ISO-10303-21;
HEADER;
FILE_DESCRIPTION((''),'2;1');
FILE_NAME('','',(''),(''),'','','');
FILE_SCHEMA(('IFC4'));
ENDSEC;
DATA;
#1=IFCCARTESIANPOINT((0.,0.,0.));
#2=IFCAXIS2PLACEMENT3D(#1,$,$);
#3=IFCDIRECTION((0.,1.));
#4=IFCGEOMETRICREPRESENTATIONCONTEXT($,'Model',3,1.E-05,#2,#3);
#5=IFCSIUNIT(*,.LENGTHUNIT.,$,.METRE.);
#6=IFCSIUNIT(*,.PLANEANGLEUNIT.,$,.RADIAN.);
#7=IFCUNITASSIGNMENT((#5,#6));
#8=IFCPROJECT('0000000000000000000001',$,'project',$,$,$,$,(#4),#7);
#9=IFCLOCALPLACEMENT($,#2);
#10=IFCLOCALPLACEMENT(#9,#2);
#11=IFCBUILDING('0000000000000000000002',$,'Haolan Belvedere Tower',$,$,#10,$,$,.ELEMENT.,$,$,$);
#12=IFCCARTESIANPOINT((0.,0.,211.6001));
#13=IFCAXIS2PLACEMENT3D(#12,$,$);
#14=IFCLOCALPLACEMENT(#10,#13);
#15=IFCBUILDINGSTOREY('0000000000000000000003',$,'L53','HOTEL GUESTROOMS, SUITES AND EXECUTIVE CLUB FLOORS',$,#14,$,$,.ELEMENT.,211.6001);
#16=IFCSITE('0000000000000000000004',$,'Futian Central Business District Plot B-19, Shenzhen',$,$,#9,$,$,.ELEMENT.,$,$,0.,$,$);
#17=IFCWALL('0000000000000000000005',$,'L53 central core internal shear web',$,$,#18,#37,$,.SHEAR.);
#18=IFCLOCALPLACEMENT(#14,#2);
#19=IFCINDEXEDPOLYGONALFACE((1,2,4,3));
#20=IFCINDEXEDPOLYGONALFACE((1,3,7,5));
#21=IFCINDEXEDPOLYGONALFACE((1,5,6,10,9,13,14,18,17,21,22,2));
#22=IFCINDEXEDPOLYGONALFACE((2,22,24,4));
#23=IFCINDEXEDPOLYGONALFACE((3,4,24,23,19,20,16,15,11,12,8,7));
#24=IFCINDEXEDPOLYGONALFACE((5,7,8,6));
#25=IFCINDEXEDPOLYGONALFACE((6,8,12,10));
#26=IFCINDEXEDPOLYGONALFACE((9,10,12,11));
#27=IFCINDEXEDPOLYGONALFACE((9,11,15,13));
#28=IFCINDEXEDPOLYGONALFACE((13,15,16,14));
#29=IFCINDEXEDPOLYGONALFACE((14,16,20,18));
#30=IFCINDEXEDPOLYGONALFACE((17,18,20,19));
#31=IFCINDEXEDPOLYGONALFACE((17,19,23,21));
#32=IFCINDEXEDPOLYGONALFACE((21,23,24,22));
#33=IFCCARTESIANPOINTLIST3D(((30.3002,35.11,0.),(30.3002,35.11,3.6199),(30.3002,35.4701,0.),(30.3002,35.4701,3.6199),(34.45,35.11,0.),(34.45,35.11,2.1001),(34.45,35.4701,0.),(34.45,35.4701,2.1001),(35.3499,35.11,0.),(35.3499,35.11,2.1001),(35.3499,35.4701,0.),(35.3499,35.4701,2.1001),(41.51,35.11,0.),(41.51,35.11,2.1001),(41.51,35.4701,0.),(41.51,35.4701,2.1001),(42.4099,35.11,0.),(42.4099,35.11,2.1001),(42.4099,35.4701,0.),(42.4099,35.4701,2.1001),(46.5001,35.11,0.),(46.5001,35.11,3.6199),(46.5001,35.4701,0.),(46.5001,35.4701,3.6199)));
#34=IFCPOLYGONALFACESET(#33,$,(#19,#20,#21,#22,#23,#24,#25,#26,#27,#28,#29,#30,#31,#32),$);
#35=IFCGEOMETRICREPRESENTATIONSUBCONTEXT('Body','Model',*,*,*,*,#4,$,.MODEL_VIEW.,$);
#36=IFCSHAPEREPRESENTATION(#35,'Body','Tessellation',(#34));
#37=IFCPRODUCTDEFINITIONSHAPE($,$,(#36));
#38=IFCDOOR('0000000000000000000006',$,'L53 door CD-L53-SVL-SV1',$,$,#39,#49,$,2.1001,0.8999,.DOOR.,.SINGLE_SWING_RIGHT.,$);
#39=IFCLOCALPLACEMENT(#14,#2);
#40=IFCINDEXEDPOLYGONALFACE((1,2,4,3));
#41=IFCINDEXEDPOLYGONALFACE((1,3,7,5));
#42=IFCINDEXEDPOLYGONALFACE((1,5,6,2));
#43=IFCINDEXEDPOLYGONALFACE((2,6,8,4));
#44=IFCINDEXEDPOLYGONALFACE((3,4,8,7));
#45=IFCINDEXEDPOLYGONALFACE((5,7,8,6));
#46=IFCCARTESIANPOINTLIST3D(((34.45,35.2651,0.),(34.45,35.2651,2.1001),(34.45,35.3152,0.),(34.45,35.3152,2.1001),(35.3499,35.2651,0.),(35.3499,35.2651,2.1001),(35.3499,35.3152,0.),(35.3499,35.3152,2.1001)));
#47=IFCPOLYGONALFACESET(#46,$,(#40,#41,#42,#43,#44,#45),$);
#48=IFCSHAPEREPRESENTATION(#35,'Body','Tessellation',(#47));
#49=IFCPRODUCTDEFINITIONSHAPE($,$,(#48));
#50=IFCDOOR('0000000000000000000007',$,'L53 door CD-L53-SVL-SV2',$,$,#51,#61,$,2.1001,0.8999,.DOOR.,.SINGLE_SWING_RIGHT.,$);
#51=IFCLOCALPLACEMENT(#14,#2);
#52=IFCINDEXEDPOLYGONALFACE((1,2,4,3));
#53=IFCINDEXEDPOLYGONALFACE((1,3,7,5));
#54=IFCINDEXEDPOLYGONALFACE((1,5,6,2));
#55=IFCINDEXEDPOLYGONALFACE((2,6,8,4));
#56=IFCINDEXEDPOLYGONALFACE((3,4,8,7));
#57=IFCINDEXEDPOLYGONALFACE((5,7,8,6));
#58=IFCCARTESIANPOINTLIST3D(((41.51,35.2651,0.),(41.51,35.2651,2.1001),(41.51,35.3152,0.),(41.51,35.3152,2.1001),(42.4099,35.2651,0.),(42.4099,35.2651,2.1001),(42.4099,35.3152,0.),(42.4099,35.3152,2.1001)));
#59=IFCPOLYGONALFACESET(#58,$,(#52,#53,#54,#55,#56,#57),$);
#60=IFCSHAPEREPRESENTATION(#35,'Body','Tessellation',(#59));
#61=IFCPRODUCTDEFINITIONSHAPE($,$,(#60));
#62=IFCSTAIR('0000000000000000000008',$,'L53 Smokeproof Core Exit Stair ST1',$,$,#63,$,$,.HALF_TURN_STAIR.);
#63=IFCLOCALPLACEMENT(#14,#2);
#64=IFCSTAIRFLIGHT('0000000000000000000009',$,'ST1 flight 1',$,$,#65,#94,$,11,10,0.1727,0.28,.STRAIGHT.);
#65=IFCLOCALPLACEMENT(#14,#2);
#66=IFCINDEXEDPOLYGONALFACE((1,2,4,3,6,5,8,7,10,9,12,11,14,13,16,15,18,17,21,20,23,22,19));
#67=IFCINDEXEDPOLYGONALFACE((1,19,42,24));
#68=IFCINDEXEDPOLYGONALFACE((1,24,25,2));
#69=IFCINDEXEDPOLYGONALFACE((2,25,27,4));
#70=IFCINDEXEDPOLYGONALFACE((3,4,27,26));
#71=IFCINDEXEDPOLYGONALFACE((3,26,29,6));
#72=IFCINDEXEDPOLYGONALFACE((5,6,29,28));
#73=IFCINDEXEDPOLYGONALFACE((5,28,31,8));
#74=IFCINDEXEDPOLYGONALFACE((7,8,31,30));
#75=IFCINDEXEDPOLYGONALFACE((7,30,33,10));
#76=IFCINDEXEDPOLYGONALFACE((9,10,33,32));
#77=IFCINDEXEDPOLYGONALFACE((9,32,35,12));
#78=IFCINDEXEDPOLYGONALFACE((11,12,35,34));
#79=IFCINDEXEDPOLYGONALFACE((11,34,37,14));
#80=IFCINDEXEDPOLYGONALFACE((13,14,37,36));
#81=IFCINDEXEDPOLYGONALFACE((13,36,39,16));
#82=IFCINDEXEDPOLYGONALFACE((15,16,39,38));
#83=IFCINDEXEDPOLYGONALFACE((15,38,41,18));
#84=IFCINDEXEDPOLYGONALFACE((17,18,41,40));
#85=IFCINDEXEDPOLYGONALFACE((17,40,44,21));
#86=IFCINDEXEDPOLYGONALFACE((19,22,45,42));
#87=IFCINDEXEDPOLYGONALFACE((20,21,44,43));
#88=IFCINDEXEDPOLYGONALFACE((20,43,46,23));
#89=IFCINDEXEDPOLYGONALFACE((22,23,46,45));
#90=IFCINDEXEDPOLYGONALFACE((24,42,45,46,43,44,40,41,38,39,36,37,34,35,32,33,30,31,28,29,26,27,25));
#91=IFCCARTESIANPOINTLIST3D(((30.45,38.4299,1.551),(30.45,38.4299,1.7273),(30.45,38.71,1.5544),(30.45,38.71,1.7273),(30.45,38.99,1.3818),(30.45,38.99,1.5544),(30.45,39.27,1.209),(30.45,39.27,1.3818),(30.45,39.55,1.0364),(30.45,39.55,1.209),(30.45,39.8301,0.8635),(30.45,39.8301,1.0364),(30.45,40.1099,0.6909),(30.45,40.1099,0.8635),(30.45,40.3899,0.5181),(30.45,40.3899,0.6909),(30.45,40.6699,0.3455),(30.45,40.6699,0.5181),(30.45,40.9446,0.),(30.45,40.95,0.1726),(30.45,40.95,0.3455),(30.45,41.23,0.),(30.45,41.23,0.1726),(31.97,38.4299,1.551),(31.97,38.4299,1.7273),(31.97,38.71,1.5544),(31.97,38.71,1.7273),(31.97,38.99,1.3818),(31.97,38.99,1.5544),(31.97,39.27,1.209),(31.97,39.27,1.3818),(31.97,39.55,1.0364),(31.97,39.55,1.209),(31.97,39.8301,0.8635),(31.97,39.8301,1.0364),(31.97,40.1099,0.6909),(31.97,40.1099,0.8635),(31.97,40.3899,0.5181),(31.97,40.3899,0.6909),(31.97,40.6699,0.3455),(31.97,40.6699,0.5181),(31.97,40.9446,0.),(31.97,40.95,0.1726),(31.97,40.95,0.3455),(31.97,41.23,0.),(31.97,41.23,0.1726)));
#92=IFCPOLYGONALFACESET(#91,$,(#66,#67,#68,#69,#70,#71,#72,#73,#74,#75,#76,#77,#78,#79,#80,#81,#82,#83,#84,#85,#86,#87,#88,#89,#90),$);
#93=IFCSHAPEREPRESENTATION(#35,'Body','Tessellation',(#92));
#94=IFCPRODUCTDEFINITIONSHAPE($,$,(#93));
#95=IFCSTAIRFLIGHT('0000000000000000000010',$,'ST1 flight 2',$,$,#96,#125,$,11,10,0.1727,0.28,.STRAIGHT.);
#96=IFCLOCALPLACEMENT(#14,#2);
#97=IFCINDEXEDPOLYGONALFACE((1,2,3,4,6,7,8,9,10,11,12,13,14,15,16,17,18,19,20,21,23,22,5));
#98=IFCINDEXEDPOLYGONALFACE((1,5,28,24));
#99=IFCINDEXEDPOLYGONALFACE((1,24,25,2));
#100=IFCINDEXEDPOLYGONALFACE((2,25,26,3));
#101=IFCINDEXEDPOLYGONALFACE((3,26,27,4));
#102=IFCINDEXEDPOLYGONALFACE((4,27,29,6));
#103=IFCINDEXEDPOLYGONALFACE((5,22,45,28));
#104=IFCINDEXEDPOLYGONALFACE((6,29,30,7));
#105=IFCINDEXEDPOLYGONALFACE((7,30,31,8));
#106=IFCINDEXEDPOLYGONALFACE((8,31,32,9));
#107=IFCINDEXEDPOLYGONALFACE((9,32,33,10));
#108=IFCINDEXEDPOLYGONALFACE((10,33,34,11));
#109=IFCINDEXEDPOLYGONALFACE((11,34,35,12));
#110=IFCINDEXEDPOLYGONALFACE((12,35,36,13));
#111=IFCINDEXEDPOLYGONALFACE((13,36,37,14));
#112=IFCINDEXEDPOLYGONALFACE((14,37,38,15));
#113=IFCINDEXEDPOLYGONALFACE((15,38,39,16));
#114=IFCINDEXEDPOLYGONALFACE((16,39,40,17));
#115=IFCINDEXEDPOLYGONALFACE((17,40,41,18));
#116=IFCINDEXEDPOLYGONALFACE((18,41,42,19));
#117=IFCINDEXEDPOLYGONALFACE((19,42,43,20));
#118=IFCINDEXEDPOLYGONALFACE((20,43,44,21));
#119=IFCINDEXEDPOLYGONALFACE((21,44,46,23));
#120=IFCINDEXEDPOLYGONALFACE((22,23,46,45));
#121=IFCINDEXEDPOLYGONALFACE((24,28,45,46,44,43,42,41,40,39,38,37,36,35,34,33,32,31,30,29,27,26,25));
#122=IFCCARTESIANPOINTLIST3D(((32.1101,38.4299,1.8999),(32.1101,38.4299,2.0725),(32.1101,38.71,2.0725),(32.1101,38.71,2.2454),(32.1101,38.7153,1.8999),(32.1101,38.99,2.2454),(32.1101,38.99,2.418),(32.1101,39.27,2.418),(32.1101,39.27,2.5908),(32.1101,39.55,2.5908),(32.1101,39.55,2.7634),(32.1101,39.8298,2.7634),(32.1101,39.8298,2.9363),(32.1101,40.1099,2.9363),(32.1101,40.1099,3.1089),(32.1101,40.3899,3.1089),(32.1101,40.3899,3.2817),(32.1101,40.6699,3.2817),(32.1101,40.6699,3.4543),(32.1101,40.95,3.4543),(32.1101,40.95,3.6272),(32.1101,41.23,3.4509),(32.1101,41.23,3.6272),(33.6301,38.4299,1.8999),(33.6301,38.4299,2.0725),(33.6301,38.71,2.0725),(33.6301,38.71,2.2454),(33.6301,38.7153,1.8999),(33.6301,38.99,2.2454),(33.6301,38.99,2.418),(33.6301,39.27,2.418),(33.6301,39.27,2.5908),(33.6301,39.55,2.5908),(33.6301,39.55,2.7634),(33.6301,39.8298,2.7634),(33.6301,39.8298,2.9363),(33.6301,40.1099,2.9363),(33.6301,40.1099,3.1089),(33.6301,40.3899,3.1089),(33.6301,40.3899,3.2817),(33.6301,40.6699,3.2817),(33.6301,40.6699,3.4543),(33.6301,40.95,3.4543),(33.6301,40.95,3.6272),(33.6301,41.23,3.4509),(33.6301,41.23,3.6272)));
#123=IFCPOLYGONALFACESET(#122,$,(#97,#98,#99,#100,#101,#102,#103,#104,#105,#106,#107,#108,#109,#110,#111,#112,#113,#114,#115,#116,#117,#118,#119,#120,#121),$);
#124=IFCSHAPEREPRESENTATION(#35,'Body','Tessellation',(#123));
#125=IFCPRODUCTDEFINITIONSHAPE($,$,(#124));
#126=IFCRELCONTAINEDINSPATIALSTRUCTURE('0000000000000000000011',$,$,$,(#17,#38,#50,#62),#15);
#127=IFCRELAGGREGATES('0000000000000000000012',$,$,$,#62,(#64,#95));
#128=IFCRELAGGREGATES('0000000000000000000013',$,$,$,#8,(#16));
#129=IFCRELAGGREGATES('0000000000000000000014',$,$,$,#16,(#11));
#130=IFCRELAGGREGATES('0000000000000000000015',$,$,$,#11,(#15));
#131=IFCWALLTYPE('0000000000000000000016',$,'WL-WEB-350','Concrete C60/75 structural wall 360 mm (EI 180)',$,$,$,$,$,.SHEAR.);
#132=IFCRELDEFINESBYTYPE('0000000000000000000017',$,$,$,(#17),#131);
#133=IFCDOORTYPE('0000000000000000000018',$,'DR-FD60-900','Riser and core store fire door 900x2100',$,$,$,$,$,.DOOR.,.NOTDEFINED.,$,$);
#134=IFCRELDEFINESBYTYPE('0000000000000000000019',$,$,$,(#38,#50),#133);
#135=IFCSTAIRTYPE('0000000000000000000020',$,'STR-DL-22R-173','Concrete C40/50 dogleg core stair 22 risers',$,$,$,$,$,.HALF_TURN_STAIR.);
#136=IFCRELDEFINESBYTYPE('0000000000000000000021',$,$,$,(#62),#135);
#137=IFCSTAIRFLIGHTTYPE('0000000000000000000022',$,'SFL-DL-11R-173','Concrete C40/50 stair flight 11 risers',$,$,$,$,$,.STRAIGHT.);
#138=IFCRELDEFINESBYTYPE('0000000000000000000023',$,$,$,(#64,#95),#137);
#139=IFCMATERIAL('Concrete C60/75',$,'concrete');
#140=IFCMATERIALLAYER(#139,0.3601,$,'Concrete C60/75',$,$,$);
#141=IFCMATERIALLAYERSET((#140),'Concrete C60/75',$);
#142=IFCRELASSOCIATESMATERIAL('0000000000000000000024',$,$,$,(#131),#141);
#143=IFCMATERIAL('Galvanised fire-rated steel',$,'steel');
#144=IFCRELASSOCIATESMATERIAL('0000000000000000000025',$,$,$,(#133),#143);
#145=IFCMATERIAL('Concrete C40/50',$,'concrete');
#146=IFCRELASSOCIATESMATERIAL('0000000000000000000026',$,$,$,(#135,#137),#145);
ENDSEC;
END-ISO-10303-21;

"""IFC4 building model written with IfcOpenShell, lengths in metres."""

from ifc_helpers import new_model, si_unit, direction, frame, frame_2d, origin, place, context, subcontext, project, spatial, polyline, rectangle, outline, extrude, material, layer, layer_set, type_object, element, fill, aggregate, save


model = new_model("IFC4")

# Units and contexts
model_context = context("Model", 3, precision=1e-05, world=origin(), true_north=direction((0.0, 1.0)))
body_context = subcontext(model_context, "Body", "Model", "MODEL_VIEW")
ifc_project = project(units=[si_unit("LENGTHUNIT", "METRE"), si_unit("PLANEANGLEUNIT", "RADIAN")], contexts=[model_context])

# Site, building, storey
site_placement = place(None, origin())
site = spatial("IfcSite", under=ifc_project, at=site_placement, Name="Futian Central Business District Plot B-19, Shenzhen", CompositionType="ELEMENT", RefElevation=0.0)
building_placement = place(site_placement, origin())
building = spatial("IfcBuilding", under=site, at=building_placement, Name="Haolan Belvedere Tower", CompositionType="ELEMENT")
storey_placement = place(building_placement, frame((0.0, 0.0, 211.6001)))
storey = spatial("IfcBuildingStorey", under=building, at=storey_placement, Name="L53", Description="HOTEL GUESTROOMS, SUITES AND EXECUTIVE CLUB FLOORS", CompositionType="ELEMENT", Elevation=211.6001)

# Wall, openings, doors
ifc_material_1 = material(Name="Concrete C60/75", Category="concrete")
ifc_layer_1 = layer(ifc_material_1, 0.3601, Name="Concrete C60/75")
ifc_layer_set_1 = layer_set([ifc_layer_1], Name="Concrete C60/75")
wall_type_1 = type_object("IfcWallType", Name="WL-WEB-350", Description="Concrete C60/75 structural wall 360 mm (EI 180)", PredefinedType="SHEAR", material=ifc_layer_set_1)
wall_1_placement = place(storey_placement, frame((30.3, 35.29, 0.0), z_axis=(0.0, 0.0, 1.0), x_axis=(1.0, 0.0, 0.0)))
wall_1 = element("IfcWall", 1, at=wall_1_placement, inside=storey, type_object=wall_type_1, Name="L53 central core internal shear web", PredefinedType="SHEAR", context=body_context, shape_type="SweptSolid", body=[
    extrude(rectangle(XDim=16.2, YDim=0.3601, at=frame_2d((8.1001, 0.0))), origin(), (0.0, 0.0, 1.0), 3.6199),
])
opening_1_placement = place(wall_1_placement, frame((5.0498, 0.0, 0.0), z_axis=(0.0, 0.0, 1.0), x_axis=(-1.0, 0.0, 0.0)))
opening_1 = element("IfcOpeningElement", 2, at=opening_1_placement, cuts=wall_1, PredefinedType="OPENING", context=body_context, shape_type="SweptSolid", body=[
    extrude(rectangle(XDim=0.8999, YDim=2.1001, at=frame_2d((0.45, 1.05))), frame((0.0, 0.1899, 0.0), z_axis=(0.0, -1.0, 0.0), x_axis=(1.0, 0.0, 0.0)), (0.0, 0.0, 1.0), 0.3801),
])
opening_2_placement = place(wall_1_placement, frame((12.1099, 0.0, 0.0), z_axis=(0.0, 0.0, 1.0), x_axis=(-1.0, 0.0, 0.0)))
opening_2 = element("IfcOpeningElement", 3, at=opening_2_placement, cuts=wall_1, PredefinedType="OPENING", context=body_context, shape_type="SweptSolid", body=[
    extrude(rectangle(XDim=0.8999, YDim=2.1001, at=frame_2d((0.45, 1.05))), frame((0.0, 0.1899, 0.0), z_axis=(0.0, -1.0, 0.0), x_axis=(1.0, 0.0, 0.0)), (0.0, 0.0, 1.0), 0.3801),
])
ifc_material_2 = material(Name="Galvanised fire-rated steel", Category="steel")
door_type_1 = type_object("IfcDoorType", Name="DR-FD60-900", Description="Riser and core store fire door 900x2100", OperationType="NOTDEFINED", PredefinedType="DOOR", material=ifc_material_2)
door_1_placement = place(opening_1_placement, origin())
door_1 = element("IfcDoor", 4, at=door_1_placement, inside=storey, type_object=door_type_1, Name="L53 door CD-L53-SVL-SV1", OperationType="SINGLE_SWING_RIGHT", OverallHeight=2.1001, OverallWidth=0.8999, PredefinedType="DOOR", context=body_context, shape_type="SweptSolid", body=[
    extrude(rectangle(XDim=0.8999, YDim=2.1001, at=frame_2d((0.45, 1.05))), frame((0.0, 0.0249, 0.0), z_axis=(0.0, -1.0, 0.0), x_axis=(1.0, 0.0, 0.0)), (0.0, 0.0, 1.0), 0.05),
])
fill(opening_1, door_1)
door_2_placement = place(opening_2_placement, origin())
door_2 = element("IfcDoor", 5, at=door_2_placement, inside=storey, type_object=door_type_1, Name="L53 door CD-L53-SVL-SV2", OperationType="SINGLE_SWING_RIGHT", OverallHeight=2.1001, OverallWidth=0.8999, PredefinedType="DOOR", context=body_context, shape_type="SweptSolid", body=[
    extrude(rectangle(XDim=0.8999, YDim=2.1001, at=frame_2d((0.45, 1.05))), frame((0.0, 0.0249, 0.0), z_axis=(0.0, -1.0, 0.0), x_axis=(1.0, 0.0, 0.0)), (0.0, 0.0, 1.0), 0.05),
])
fill(opening_2, door_2)

# Stair, stair flights
ifc_material_3 = material(Name="Concrete C40/50", Category="concrete")
stair_type = type_object("IfcStairType", Name="STR-DL-22R-173", Description="Concrete C40/50 dogleg core stair 22 risers", PredefinedType="HALF_TURN_STAIR", material=ifc_material_3)
stair_placement = place(storey_placement, origin())
stair = element("IfcStair", 6, at=stair_placement, inside=storey, type_object=stair_type, Name="L53 Smokeproof Core Exit Stair ST1", PredefinedType="HALF_TURN_STAIR")
stair_flight_type = type_object("IfcStairFlightType", Name="SFL-DL-11R-173", Description="Concrete C40/50 stair flight 11 risers", PredefinedType="STRAIGHT", material=ifc_material_3)
stair_flight_1_placement = place(storey_placement, frame((31.21, 41.23, 0.0), z_axis=(0.0, 0.0, 1.0), x_axis=(0.0, -1.0, 0.0)))
stair_flight_1 = element("IfcStairFlight", 7, at=stair_flight_1_placement, type_object=stair_flight_type, Name="ST1 flight 1", NumberOfRisers=11, NumberOfTreads=10, PredefinedType="STRAIGHT", RiserHeight=0.1727, TreadLength=0.28, context=body_context, shape_type="SweptSolid", body=[
    extrude(outline(polyline([(0.0, 0.0), (0.0, 0.1726), (0.28, 0.1726), (0.28, 0.3455), (0.5601, 0.3455), (0.5601, 0.5181), (0.8401, 0.5181), (0.8401, 0.6909), (1.1201, 0.6909), (1.1201, 0.8635), (1.3999, 0.8635), (1.3999, 1.0364), (1.6799, 1.0364), (1.6799, 1.209), (1.96, 1.209), (1.96, 1.3818), (2.24, 1.3818), (2.24, 1.5544), (2.52, 1.5544), (2.52, 1.7273), (2.8, 1.7273), (2.8, 1.8999), (2.8, 1.551), (0.2854, 0.0), (0.0, 0.0)])), frame((0.0, 0.76, 0.0), z_axis=(0.0, -1.0, 0.0), x_axis=(1.0, 0.0, 0.0)), (0.0, 0.0, 1.0), 1.52),
])
stair_flight_2_placement = place(storey_placement, frame((32.8701, 38.4299, 1.8999), z_axis=(0.0, 0.0, 1.0), x_axis=(0.0, 1.0, 0.0)))
stair_flight_2 = element("IfcStairFlight", 8, at=stair_flight_2_placement, type_object=stair_flight_type, Name="ST1 flight 2", NumberOfRisers=11, NumberOfTreads=10, PredefinedType="STRAIGHT", RiserHeight=0.1727, TreadLength=0.28, context=body_context, shape_type="SweptSolid", body=[
    extrude(outline(polyline([(0.0, 0.0), (0.0, 0.1726), (0.28, 0.1726), (0.28, 0.3455), (0.5601, 0.3455), (0.5601, 0.5181), (0.8401, 0.5181), (0.8401, 0.6909), (1.1201, 0.6909), (1.1201, 0.8635), (1.3999, 0.8635), (1.3999, 1.0364), (1.6799, 1.0364), (1.6799, 1.209), (1.96, 1.209), (1.96, 1.3818), (2.24, 1.3818), (2.24, 1.5544), (2.52, 1.5544), (2.52, 1.7273), (2.8, 1.7273), (2.8, 1.8999), (2.8, 1.551), (0.2854, 0.0), (0.0, 0.0)])), frame((0.0, 0.76, 0.0), z_axis=(0.0, -1.0, 0.0), x_axis=(1.0, 0.0, 0.0)), (0.0, 0.0, 1.0), 1.52),
])
aggregate(stair, [stair_flight_1, stair_flight_2])

save(model, "model.ifc")
